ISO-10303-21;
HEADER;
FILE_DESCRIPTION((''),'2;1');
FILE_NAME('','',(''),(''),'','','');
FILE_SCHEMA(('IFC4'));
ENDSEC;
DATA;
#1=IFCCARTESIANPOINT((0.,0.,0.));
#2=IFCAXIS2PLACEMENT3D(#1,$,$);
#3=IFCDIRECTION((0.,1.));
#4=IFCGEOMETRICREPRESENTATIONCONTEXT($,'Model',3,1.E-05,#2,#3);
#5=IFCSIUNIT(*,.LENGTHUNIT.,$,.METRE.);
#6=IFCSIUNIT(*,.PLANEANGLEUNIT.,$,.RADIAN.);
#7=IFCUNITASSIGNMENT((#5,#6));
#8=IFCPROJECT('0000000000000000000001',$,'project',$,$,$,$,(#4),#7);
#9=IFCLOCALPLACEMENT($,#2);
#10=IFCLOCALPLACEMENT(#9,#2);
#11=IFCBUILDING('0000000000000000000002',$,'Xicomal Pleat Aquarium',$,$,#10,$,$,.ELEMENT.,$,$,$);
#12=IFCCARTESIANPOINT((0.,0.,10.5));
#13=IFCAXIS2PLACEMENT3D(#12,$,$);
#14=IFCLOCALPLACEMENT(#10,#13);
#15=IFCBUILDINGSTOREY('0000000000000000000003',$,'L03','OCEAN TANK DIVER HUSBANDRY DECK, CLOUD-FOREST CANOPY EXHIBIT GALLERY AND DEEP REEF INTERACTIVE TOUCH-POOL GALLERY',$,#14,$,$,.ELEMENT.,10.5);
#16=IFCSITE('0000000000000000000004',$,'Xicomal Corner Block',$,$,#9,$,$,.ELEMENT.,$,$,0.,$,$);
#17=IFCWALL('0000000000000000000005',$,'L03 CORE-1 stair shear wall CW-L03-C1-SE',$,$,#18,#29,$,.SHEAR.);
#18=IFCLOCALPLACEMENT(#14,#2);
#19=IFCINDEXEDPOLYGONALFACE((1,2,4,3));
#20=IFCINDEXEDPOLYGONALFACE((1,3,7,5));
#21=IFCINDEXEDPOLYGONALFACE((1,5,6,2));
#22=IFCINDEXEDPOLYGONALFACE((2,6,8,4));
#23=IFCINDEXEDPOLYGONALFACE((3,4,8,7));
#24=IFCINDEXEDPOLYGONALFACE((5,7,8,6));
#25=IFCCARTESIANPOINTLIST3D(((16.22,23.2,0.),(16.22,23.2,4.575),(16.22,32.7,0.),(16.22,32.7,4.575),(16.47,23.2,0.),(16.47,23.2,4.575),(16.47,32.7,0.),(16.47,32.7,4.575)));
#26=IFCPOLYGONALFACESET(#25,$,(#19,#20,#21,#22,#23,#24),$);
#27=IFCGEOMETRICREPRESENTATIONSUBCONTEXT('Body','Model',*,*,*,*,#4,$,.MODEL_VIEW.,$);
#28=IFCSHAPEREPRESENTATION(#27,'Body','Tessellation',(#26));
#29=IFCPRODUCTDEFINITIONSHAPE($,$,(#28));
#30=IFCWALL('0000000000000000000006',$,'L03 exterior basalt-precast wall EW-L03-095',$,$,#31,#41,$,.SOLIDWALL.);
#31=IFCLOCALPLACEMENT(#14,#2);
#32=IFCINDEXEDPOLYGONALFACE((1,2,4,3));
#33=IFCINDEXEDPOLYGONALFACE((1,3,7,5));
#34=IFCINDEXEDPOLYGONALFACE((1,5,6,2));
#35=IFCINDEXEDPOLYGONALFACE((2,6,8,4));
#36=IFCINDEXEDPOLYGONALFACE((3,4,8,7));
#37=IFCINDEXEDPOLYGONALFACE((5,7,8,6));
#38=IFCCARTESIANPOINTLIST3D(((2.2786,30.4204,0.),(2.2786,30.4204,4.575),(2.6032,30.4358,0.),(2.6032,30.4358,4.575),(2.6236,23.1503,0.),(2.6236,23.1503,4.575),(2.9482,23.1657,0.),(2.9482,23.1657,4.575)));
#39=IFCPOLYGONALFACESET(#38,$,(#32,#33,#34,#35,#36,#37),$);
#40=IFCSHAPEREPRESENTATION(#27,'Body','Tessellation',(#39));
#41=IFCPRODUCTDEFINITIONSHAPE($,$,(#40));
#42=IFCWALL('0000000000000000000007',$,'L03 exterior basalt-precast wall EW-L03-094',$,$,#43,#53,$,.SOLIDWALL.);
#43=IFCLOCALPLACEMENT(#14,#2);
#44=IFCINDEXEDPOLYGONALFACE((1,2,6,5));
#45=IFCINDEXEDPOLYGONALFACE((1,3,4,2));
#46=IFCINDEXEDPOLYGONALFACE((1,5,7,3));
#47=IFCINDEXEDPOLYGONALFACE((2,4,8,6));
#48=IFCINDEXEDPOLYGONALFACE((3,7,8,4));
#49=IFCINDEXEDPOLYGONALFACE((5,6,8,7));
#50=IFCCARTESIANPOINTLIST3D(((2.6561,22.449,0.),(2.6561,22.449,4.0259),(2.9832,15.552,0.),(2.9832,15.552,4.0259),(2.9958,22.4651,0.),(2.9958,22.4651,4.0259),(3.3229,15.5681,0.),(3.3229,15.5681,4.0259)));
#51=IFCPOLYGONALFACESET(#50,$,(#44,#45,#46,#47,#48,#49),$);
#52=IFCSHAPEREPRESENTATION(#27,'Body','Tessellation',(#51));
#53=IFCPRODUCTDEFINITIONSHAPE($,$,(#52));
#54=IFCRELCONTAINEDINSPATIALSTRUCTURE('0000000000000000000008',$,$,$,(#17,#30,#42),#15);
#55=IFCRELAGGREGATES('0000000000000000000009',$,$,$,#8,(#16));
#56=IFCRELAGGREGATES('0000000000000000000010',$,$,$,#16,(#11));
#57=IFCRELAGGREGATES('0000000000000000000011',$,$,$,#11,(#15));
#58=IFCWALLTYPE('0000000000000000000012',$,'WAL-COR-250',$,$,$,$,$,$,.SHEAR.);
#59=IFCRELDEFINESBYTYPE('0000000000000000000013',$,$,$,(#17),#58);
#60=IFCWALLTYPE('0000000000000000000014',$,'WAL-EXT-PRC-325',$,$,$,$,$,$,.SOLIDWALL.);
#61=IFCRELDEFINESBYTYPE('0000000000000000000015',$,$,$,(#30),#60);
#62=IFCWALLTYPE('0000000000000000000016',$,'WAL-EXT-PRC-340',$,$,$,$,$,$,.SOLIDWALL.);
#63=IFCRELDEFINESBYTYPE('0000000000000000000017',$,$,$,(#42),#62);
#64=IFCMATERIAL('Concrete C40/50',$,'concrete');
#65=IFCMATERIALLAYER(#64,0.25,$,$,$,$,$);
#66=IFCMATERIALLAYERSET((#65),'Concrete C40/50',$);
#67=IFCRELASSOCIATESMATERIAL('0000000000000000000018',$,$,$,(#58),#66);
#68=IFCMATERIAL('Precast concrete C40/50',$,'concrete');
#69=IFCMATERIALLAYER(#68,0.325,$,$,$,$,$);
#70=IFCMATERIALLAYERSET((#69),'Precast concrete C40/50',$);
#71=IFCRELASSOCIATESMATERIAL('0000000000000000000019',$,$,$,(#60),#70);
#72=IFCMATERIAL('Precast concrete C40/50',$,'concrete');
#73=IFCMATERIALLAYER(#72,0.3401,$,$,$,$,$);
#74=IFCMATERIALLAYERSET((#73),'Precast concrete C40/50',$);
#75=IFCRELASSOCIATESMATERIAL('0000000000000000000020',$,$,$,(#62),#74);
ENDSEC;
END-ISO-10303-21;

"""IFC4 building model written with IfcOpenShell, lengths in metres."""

from ifc_helpers import new_model, si_unit, direction, frame, frame_2d, origin, place, context, subcontext, project, spatial, rectangle, extrude, material, layer, layer_set, type_object, element, save


model = new_model("IFC4")

# Units and contexts
model_context = context("Model", 3, precision=1e-05, world=origin(), true_north=direction((0.0, 1.0)))
body_context = subcontext(model_context, "Body", "Model", "MODEL_VIEW")
ifc_project = project(units=[si_unit("LENGTHUNIT", "METRE"), si_unit("PLANEANGLEUNIT", "RADIAN")], contexts=[model_context])

# Site, building, storey
site_placement = place(None, origin())
site = spatial("IfcSite", under=ifc_project, at=site_placement, Name="Xicomal Corner Block", CompositionType="ELEMENT", RefElevation=0.0)
building_placement = place(site_placement, origin())
building = spatial("IfcBuilding", under=site, at=building_placement, Name="Xicomal Pleat Aquarium", CompositionType="ELEMENT")
storey_placement = place(building_placement, frame((0.0, 0.0, 10.5)))
storey = spatial("IfcBuildingStorey", under=building, at=storey_placement, Name="L03", Description="OCEAN TANK DIVER HUSBANDRY DECK, CLOUD-FOREST CANOPY EXHIBIT GALLERY AND DEEP REEF INTERACTIVE TOUCH-POOL GALLERY", CompositionType="ELEMENT", Elevation=10.5)

# Walls
ifc_material_1 = material(Name="Concrete C40/50", Category="concrete")
ifc_layer_1 = layer(ifc_material_1, 0.25)
ifc_layer_set_1 = layer_set([ifc_layer_1], Name="Concrete C40/50")
wall_type_1 = type_object("IfcWallType", Name="WAL-COR-250", PredefinedType="SHEAR", material=ifc_layer_set_1)
for number, where, z_axis, x_axis, name in (
    (1, (16.345, 23.2, 0.0), (0.0, 0.0, 1.0), (0.0, 1.0, 0.0), "L03 CORE-1 stair shear wall CW-L03-C1-SE"),
):
    element("IfcWall", number, at=place(storey_placement, frame(where, z_axis=z_axis, x_axis=x_axis)), inside=storey, type_object=wall_type_1, Name=name, PredefinedType="SHEAR", context=body_context, shape_type="SweptSolid", body=[
        extrude(rectangle(XDim=9.5, YDim=0.25, at=frame_2d((4.75, 0.0))), origin(), (0.0, 0.0, 1.0), 4.575),
    ])
ifc_material_2 = material(Name="Precast concrete C40/50", Category="concrete")
ifc_layer_2 = layer(ifc_material_2, 0.325)
ifc_layer_set_2 = layer_set([ifc_layer_2], Name="Precast concrete C40/50")
wall_type_2 = type_object("IfcWallType", Name="WAL-EXT-PRC-325", PredefinedType="SOLIDWALL", material=ifc_layer_set_2)
wall_1_placement = place(storey_placement, frame((2.7859, 23.158, 0.0), z_axis=(0.0, 0.0, 1.0), x_axis=(-0.047398, 0.998876, 0.0)))
element("IfcWall", 2, at=wall_1_placement, inside=storey, type_object=wall_type_2, Name="L03 exterior basalt-precast wall EW-L03-095", PredefinedType="SOLIDWALL", context=body_context, shape_type="SweptSolid", body=[
    extrude(rectangle(XDim=7.2783, YDim=0.325, at=frame_2d((3.6392, 0.0))), origin(), (0.0, 0.0, 1.0), 4.575),
])
ifc_material_3 = material(Name="Precast concrete C40/50", Category="concrete")
ifc_layer_3 = layer(ifc_material_3, 0.3401)
ifc_layer_set_3 = layer_set([ifc_layer_3], Name="Precast concrete C40/50")
wall_type_3 = type_object("IfcWallType", Name="WAL-EXT-PRC-340", PredefinedType="SOLIDWALL", material=ifc_layer_set_3)
wall_2_placement = place(storey_placement, frame((3.1531, 15.5601, 0.0), z_axis=(0.0, 0.0, 1.0), x_axis=(-0.04738, 0.998877, 0.0)))
element("IfcWall", 3, at=wall_2_placement, inside=storey, type_object=wall_type_3, Name="L03 exterior basalt-precast wall EW-L03-094", PredefinedType="SOLIDWALL", context=body_context, shape_type="SweptSolid", body=[
    extrude(rectangle(XDim=6.9048, YDim=0.3401, at=frame_2d((3.4524, 0.0))), origin(), (0.0, 0.0, 1.0), 4.0259),
])

save(model, "model.ifc")
